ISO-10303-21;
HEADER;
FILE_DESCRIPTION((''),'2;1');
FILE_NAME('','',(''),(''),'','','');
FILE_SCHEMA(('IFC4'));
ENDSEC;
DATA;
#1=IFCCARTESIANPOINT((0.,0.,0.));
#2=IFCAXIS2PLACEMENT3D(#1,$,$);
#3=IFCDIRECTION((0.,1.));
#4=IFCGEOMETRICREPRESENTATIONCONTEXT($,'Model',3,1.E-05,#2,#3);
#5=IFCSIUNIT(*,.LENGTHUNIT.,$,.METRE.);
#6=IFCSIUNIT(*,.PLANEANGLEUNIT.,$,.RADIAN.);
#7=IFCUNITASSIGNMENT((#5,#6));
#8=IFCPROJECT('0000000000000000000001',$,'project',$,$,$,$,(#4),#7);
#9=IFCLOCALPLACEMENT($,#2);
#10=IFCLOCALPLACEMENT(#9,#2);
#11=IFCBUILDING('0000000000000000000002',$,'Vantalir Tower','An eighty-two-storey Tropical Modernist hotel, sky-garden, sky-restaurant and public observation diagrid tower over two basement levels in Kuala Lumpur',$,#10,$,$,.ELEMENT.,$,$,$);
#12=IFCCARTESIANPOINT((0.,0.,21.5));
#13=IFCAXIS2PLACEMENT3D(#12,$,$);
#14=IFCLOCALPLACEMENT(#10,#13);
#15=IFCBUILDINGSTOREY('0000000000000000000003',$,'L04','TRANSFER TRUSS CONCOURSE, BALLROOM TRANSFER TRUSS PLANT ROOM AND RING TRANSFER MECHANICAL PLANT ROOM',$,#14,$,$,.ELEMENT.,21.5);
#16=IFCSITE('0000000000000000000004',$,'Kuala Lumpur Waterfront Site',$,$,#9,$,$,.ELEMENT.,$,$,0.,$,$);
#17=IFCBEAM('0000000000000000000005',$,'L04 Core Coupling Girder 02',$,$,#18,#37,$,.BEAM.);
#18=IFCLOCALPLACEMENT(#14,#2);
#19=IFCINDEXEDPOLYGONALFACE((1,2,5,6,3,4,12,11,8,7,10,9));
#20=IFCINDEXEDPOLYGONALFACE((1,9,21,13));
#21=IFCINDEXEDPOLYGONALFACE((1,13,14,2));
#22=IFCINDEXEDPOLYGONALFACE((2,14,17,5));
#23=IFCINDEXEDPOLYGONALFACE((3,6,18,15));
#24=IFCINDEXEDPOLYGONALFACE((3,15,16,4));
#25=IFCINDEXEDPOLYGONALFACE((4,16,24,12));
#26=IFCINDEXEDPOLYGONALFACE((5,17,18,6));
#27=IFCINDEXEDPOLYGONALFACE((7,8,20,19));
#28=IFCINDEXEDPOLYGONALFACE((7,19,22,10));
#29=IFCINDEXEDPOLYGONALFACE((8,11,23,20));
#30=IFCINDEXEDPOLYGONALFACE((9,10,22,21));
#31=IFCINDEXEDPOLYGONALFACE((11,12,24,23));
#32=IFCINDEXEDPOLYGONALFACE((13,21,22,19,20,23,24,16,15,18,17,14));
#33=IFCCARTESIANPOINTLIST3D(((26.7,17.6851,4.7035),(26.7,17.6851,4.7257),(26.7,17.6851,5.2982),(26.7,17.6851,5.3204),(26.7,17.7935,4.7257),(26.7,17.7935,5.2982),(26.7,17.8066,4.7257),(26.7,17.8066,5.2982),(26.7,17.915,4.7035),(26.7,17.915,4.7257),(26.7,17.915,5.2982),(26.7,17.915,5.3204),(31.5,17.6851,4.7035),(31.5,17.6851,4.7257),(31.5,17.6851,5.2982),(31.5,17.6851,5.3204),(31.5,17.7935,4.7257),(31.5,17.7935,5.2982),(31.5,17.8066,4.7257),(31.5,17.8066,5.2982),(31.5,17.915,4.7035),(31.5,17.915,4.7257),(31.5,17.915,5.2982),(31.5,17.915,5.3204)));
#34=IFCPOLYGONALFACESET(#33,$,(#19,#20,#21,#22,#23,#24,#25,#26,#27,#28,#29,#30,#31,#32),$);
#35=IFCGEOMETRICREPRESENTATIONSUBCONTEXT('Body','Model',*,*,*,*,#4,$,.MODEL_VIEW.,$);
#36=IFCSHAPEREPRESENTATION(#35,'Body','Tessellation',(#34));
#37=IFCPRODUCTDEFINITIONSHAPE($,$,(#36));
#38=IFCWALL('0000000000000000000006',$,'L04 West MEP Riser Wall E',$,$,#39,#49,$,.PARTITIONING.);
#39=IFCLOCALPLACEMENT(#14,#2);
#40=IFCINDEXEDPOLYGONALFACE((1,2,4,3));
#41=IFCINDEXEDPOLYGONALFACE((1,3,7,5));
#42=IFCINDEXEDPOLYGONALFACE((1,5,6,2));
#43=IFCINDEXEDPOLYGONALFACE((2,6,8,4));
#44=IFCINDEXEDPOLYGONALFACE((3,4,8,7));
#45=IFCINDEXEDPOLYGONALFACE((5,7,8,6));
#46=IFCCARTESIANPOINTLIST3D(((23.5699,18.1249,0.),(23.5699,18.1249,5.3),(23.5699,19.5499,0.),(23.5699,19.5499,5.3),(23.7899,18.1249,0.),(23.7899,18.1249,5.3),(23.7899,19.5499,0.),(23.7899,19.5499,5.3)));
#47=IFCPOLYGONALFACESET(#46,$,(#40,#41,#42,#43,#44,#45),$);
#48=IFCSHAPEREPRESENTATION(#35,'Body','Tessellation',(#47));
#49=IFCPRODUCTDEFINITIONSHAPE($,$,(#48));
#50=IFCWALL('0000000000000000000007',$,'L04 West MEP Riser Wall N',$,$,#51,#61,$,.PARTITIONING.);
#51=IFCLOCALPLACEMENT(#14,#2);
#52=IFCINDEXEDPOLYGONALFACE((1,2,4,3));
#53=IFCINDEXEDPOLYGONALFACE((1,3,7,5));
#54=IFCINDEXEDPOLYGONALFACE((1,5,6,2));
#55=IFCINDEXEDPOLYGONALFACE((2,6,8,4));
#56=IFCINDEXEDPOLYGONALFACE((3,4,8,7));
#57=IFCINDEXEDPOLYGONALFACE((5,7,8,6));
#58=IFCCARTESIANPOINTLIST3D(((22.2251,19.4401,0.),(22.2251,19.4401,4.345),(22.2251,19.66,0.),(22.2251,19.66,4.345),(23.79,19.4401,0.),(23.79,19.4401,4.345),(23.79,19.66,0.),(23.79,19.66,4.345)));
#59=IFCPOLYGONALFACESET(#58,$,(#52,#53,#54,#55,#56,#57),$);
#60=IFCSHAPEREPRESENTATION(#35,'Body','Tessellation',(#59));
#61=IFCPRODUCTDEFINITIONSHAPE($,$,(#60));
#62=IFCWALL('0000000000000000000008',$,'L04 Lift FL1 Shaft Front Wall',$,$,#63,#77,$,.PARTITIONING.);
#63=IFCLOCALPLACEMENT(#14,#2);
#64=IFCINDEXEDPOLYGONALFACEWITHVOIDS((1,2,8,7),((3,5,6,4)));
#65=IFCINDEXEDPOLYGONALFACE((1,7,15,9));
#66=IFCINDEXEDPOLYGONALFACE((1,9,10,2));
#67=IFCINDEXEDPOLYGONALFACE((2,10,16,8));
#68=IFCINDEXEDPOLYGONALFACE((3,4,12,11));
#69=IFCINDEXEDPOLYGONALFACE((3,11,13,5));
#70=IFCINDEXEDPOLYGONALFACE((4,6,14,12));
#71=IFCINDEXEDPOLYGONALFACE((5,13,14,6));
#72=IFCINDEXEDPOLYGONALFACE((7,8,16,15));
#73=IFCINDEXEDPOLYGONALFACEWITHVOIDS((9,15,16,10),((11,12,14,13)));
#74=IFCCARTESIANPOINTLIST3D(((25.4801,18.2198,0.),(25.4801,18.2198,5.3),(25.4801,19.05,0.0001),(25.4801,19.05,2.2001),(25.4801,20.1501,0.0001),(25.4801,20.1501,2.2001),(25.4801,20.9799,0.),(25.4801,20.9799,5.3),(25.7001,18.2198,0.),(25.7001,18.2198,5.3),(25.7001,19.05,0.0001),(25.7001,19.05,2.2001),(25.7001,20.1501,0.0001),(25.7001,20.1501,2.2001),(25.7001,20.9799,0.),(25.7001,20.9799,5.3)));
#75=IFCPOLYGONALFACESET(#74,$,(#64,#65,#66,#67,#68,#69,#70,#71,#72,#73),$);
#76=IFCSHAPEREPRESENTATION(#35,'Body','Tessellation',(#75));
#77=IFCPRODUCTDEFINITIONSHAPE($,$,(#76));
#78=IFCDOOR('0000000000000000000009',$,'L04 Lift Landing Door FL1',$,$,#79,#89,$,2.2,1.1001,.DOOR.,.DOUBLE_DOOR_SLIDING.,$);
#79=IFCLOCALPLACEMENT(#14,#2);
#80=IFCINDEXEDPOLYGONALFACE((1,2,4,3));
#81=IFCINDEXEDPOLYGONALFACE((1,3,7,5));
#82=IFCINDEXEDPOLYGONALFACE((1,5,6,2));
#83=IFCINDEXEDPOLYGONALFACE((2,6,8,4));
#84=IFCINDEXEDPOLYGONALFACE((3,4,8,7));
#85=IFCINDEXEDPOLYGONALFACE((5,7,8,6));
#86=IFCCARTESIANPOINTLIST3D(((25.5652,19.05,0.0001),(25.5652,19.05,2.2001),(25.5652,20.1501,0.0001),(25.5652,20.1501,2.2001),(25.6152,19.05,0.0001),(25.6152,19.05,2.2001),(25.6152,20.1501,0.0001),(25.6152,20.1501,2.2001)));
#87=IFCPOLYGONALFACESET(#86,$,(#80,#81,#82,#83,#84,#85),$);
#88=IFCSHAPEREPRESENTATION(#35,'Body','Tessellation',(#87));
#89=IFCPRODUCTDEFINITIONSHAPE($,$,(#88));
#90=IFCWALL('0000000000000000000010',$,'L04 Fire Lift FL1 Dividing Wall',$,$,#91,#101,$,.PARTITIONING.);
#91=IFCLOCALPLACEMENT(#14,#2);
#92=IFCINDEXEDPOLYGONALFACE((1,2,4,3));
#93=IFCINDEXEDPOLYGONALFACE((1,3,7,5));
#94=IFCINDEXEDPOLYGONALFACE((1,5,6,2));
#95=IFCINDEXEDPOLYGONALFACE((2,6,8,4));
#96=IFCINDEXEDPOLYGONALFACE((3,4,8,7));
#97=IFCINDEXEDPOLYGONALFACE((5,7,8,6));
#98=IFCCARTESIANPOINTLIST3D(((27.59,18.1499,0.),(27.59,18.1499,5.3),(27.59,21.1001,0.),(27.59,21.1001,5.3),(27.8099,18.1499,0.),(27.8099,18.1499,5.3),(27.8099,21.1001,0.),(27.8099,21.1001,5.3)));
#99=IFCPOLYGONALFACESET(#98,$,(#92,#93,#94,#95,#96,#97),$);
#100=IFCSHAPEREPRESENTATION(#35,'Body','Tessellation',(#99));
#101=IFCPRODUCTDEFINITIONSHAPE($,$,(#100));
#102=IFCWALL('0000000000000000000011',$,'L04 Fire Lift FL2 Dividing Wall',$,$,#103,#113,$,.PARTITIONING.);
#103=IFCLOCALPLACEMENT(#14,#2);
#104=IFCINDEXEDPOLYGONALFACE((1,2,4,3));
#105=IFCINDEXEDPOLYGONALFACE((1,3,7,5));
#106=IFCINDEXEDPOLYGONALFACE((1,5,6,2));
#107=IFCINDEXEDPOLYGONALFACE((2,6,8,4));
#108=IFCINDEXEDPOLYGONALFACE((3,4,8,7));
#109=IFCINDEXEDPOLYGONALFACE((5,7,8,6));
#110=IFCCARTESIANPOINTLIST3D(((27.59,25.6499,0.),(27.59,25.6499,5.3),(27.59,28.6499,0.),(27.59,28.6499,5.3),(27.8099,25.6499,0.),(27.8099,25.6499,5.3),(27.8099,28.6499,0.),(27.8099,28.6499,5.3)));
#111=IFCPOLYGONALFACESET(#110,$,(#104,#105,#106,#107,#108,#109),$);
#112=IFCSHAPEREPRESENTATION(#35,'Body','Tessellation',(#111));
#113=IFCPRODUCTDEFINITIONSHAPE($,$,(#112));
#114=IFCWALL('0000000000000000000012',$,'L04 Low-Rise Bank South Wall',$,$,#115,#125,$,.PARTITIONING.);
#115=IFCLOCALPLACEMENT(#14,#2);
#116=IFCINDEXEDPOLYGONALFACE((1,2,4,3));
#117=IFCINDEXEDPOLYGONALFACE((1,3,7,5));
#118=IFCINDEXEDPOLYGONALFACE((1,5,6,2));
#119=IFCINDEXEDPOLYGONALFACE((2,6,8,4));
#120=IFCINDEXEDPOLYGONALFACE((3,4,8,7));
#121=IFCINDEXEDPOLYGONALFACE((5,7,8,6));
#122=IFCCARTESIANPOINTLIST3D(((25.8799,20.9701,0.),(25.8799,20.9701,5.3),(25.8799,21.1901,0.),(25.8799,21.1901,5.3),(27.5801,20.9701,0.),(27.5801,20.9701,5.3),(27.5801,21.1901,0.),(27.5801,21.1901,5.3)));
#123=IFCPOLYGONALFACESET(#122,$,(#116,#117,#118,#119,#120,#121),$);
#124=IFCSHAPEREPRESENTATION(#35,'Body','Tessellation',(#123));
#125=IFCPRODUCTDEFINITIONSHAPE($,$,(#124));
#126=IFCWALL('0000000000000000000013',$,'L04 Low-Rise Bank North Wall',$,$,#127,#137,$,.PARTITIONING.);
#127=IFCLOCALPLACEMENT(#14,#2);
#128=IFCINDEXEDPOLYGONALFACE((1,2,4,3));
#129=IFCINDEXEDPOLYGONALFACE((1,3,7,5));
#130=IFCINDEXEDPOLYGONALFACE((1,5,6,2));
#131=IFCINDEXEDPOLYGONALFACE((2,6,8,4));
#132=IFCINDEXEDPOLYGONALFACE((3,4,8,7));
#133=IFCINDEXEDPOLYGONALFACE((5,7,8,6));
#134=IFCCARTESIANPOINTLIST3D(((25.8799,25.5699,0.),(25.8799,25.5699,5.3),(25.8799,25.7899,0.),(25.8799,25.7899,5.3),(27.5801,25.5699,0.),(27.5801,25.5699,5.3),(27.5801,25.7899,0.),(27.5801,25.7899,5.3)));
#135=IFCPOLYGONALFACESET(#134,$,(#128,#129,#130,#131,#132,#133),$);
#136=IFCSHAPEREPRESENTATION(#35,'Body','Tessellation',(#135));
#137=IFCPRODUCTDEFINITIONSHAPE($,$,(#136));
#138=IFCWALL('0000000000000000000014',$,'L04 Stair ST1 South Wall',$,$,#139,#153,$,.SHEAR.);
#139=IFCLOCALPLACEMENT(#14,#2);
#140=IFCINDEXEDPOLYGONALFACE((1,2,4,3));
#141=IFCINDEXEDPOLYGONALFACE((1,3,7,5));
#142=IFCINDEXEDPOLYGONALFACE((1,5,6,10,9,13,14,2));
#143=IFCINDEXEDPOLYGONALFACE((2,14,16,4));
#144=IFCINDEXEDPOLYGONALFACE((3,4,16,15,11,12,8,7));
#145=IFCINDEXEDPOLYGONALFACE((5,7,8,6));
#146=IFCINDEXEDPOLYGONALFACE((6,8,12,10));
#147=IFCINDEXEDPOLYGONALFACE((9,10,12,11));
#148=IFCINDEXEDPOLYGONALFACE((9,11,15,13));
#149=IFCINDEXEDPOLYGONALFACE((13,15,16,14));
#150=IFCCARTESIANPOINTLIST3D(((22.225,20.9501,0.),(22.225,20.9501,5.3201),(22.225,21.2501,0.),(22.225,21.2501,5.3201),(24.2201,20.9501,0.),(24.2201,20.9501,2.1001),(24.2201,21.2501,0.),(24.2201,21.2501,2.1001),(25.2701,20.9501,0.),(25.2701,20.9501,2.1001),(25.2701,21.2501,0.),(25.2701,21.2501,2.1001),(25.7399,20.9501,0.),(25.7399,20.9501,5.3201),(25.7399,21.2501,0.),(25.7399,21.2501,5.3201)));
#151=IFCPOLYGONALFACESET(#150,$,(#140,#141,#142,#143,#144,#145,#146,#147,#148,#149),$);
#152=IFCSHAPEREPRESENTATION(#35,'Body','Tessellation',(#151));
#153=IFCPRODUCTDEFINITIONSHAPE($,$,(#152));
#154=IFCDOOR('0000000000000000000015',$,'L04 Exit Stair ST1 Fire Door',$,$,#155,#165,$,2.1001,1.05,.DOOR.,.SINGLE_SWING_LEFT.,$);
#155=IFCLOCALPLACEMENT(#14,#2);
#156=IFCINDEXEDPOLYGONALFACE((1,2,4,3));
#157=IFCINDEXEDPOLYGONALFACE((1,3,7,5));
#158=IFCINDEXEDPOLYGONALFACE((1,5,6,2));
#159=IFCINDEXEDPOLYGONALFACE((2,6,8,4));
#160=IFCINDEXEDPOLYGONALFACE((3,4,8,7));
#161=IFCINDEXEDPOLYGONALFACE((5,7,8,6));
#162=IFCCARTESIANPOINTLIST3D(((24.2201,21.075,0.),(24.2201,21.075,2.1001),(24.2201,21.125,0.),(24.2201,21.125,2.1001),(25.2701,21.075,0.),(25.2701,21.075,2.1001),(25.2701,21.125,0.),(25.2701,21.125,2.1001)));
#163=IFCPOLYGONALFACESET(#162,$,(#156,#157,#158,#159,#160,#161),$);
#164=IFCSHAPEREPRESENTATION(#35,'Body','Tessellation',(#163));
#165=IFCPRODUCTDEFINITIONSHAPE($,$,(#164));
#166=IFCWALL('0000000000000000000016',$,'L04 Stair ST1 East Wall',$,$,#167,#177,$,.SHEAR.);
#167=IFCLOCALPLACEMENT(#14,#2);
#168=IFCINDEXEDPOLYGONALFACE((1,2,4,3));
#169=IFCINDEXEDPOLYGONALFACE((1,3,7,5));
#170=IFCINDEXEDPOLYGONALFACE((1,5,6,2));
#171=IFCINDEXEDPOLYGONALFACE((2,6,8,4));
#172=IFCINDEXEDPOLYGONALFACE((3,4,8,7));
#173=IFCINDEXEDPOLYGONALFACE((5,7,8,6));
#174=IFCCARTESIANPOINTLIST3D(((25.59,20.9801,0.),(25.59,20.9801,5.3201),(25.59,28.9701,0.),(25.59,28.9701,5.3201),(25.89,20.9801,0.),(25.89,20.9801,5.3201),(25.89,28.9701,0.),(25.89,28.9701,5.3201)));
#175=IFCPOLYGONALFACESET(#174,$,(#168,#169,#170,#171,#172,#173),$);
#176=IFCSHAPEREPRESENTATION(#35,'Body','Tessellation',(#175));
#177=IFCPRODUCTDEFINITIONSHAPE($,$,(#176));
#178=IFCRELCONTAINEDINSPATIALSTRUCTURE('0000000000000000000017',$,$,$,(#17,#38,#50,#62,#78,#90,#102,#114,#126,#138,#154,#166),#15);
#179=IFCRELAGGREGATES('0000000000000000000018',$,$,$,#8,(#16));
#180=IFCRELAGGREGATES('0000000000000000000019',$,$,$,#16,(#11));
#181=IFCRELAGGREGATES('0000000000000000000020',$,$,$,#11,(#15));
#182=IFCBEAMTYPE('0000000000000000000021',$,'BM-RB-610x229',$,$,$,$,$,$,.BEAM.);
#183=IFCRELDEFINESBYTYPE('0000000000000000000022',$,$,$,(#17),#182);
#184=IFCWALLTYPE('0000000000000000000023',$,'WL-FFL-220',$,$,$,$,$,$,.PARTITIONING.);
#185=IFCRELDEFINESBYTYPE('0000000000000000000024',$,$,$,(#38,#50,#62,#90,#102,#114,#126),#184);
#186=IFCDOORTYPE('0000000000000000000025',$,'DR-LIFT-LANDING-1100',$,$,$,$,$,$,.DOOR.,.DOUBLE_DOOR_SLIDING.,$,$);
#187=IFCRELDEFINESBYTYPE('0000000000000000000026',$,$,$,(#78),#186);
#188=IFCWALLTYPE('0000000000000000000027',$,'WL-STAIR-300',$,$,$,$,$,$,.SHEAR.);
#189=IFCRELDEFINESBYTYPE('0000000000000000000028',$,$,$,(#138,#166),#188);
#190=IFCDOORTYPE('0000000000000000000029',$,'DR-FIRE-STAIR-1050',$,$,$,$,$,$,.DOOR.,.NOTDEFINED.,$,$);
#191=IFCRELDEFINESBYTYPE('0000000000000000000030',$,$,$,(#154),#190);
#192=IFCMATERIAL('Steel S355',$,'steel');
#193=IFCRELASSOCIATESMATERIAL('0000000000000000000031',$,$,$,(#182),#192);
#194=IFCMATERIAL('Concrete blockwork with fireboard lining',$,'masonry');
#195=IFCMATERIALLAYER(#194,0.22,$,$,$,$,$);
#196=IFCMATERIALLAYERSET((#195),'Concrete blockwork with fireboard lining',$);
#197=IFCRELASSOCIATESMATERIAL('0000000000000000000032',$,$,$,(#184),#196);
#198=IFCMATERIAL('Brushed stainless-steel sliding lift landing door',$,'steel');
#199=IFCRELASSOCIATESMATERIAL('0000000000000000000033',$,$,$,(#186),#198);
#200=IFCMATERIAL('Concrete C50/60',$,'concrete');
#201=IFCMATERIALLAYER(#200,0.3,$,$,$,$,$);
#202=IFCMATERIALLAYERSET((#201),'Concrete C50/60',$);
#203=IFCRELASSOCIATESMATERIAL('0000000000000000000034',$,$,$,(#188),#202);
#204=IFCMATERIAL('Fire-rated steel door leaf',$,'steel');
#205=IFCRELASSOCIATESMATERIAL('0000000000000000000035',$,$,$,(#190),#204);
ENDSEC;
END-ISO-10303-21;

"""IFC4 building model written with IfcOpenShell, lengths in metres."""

from ifc_helpers import new_model, si_unit, direction, frame, frame_2d, origin, origin_2d, place, context, subcontext, project, spatial, rectangle, i_section, extrude, material, layer, layer_set, material_profile, profile_set, type_object, element, fill, save


model = new_model("IFC4")

# Units and contexts
model_context = context("Model", 3, precision=1e-05, world=origin(), true_north=direction((0.0, 1.0)))
body_context = subcontext(model_context, "Body", "Model", "MODEL_VIEW")
ifc_project = project(units=[si_unit("LENGTHUNIT", "METRE"), si_unit("PLANEANGLEUNIT", "RADIAN")], contexts=[model_context])

# Site, building, storey
site_placement = place(None, origin())
site = spatial("IfcSite", under=ifc_project, at=site_placement, Name="Kuala Lumpur Waterfront Site", CompositionType="ELEMENT", RefElevation=0.0)
building_placement = place(site_placement, origin())
building = spatial("IfcBuilding", under=site, at=building_placement, Name="Vantalir Tower", Description="An eighty-two-storey Tropical Modernist hotel, sky-garden, sky-restaurant and public observation diagrid tower over two basement levels in Kuala Lumpur", CompositionType="ELEMENT")
storey_placement = place(building_placement, frame((0.0, 0.0, 21.5)))
storey = spatial("IfcBuildingStorey", under=building, at=storey_placement, Name="L04", Description="TRANSFER TRUSS CONCOURSE, BALLROOM TRANSFER TRUSS PLANT ROOM AND RING TRANSFER MECHANICAL PLANT ROOM", CompositionType="ELEMENT", Elevation=21.5)

# Beam
ifc_material_1 = material(Name="Steel S355", Category="steel")
ifc_material_profile = material_profile(ifc_material_1, i_section(OverallWidth=0.23, OverallDepth=0.6169, WebThickness=0.0132, FlangeThickness=0.0222, at=origin_2d()), Name="Steel S355")
ifc_profile_set = profile_set([ifc_material_profile], Name="Steel S355")
beam_type = type_object("IfcBeamType", Name="BM-RB-610x229", PredefinedType="BEAM", material=ifc_profile_set)
beam_placement = place(storey_placement, frame((26.7, 17.8, 5.012), z_axis=(1.0, 0.0, 0.0), x_axis=(0.0, 1.0, 0.0)))
element("IfcBeam", 1, at=beam_placement, inside=storey, type_object=beam_type, Name="L04 Core Coupling Girder 02", PredefinedType="BEAM", context=body_context, shape_type="SweptSolid", body=[
    extrude(i_section(OverallWidth=0.23, OverallDepth=0.6169, WebThickness=0.0132, FlangeThickness=0.0222, at=origin_2d()), origin(), (0.0, 0.0, 1.0), 4.8),
])

# Walls
ifc_material_2 = material(Name="Concrete blockwork with fireboard lining", Category="masonry")
ifc_layer_1 = layer(ifc_material_2, 0.22)
ifc_layer_set_1 = layer_set([ifc_layer_1], Name="Concrete blockwork with fireboard lining")
wall_type_1 = type_object("IfcWallType", Name="WL-FFL-220", PredefinedType="PARTITIONING", material=ifc_layer_set_1)
wall_1_placement = place(storey_placement, frame((23.6799, 18.125, 0.0), z_axis=(0.0, 0.0, 1.0), x_axis=(0.0, 1.0, 0.0)))
element("IfcWall", 2, at=wall_1_placement, inside=storey, type_object=wall_type_1, Name="L04 West MEP Riser Wall E", PredefinedType="PARTITIONING", context=body_context, shape_type="SweptSolid", body=[
    extrude(rectangle(XDim=1.425, YDim=0.22, at=frame_2d((0.7124, 0.0))), origin(), (0.0, 0.0, 1.0), 5.3),
])
wall_2_placement = place(storey_placement, frame((22.2251, 19.55, 0.0), z_axis=(0.0, 0.0, 1.0), x_axis=(1.0, 0.0, 0.0)))
element("IfcWall", 3, at=wall_2_placement, inside=storey, type_object=wall_type_1, Name="L04 West MEP Riser Wall N", PredefinedType="PARTITIONING", context=body_context, shape_type="SweptSolid", body=[
    extrude(rectangle(XDim=1.5649, YDim=0.22, at=frame_2d((0.7825, 0.0))), origin(), (0.0, 0.0, 1.0), 4.345),
])

# Wall, opening, door
wall_3_placement = place(storey_placement, frame((25.5901, 18.22, 0.0), z_axis=(0.0, 0.0, 1.0), x_axis=(0.0, 1.0, 0.0)))
wall_3 = element("IfcWall", 4, at=wall_3_placement, inside=storey, type_object=wall_type_1, Name="L04 Lift FL1 Shaft Front Wall", PredefinedType="PARTITIONING", context=body_context, shape_type="SweptSolid", body=[
    extrude(rectangle(XDim=2.76, YDim=0.22, at=frame_2d((1.3799, 0.0))), origin(), (0.0, 0.0, 1.0), 5.3),
])
opening_1_placement = place(wall_3_placement, frame((0.8301, 0.0, 0.0)))
opening_1 = element("IfcOpeningElement", 5, at=opening_1_placement, cuts=wall_3, PredefinedType="OPENING", context=body_context, shape_type="SweptSolid", body=[
    extrude(rectangle(XDim=1.1001, YDim=2.2, at=frame_2d((0.55, 1.1001))), frame((0.0, 0.1199, 0.0), z_axis=(0.0, -1.0, 0.0), x_axis=(1.0, 0.0, 0.0)), (0.0, 0.0, 1.0), 0.24),
])
ifc_material_3 = material(Name="Brushed stainless-steel sliding lift landing door", Category="steel")
door_type_1 = type_object("IfcDoorType", Name="DR-LIFT-LANDING-1100", OperationType="DOUBLE_DOOR_SLIDING", PredefinedType="DOOR", material=ifc_material_3)
door_1_placement = place(opening_1_placement, origin())
door_1 = element("IfcDoor", 6, at=door_1_placement, inside=storey, type_object=door_type_1, Name="L04 Lift Landing Door FL1", OperationType="DOUBLE_DOOR_SLIDING", OverallHeight=2.2, OverallWidth=1.1001, PredefinedType="DOOR", context=body_context, shape_type="SweptSolid", body=[
    extrude(rectangle(XDim=1.1001, YDim=2.2, at=frame_2d((0.55, 1.1001))), frame((0.0, 0.0249, 0.0), z_axis=(0.0, -1.0, 0.0), x_axis=(1.0, 0.0, 0.0)), (0.0, 0.0, 1.0), 0.05),
])
fill(opening_1, door_1)

# Walls
wall_4_placement = place(storey_placement, frame((27.7, 18.1499, 0.0), z_axis=(0.0, 0.0, 1.0), x_axis=(0.0, 1.0, 0.0)))
element("IfcWall", 7, at=wall_4_placement, inside=storey, type_object=wall_type_1, Name="L04 Fire Lift FL1 Dividing Wall", PredefinedType="PARTITIONING", context=body_context, shape_type="SweptSolid", body=[
    extrude(rectangle(XDim=2.9502, YDim=0.22, at=frame_2d((1.4751, 0.0))), origin(), (0.0, 0.0, 1.0), 5.3),
])
wall_5_placement = place(storey_placement, frame((27.7, 25.6499, 0.0), z_axis=(0.0, 0.0, 1.0), x_axis=(0.0, 1.0, 0.0)))
element("IfcWall", 8, at=wall_5_placement, inside=storey, type_object=wall_type_1, Name="L04 Fire Lift FL2 Dividing Wall", PredefinedType="PARTITIONING", context=body_context, shape_type="SweptSolid", body=[
    extrude(rectangle(XDim=3.0, YDim=0.22, at=frame_2d((1.5, 0.0))), origin(), (0.0, 0.0, 1.0), 5.3),
])
for number, where, z_axis, x_axis, name in (
    (9, (25.8799, 21.0801, 0.0), (0.0, 0.0, 1.0), (1.0, 0.0, 0.0), "L04 Low-Rise Bank South Wall"),
    (10, (25.8799, 25.6799, 0.0), (0.0, 0.0, 1.0), (1.0, 0.0, 0.0), "L04 Low-Rise Bank North Wall"),
):
    element("IfcWall", number, at=place(storey_placement, frame(where, z_axis=z_axis, x_axis=x_axis)), inside=storey, type_object=wall_type_1, Name=name, PredefinedType="PARTITIONING", context=body_context, shape_type="SweptSolid", body=[
        extrude(rectangle(XDim=1.7002, YDim=0.22, at=frame_2d((0.8501, 0.0))), origin(), (0.0, 0.0, 1.0), 5.3),
    ])

# Wall, opening, door
ifc_material_4 = material(Name="Concrete C50/60", Category="concrete")
ifc_layer_2 = layer(ifc_material_4, 0.3)
ifc_layer_set_2 = layer_set([ifc_layer_2], Name="Concrete C50/60")
wall_type_2 = type_object("IfcWallType", Name="WL-STAIR-300", PredefinedType="SHEAR", material=ifc_layer_set_2)
wall_6_placement = place(storey_placement, frame((22.2251, 21.1001, 0.0), z_axis=(0.0, 0.0, 1.0), x_axis=(1.0, 0.0, 0.0)))
wall_6 = element("IfcWall", 11, at=wall_6_placement, inside=storey, type_object=wall_type_2, Name="L04 Stair ST1 South Wall", PredefinedType="SHEAR", context=body_context, shape_type="SweptSolid", body=[
    extrude(rectangle(XDim=3.5149, YDim=0.3, at=frame_2d((1.7573, 0.0))), origin(), (0.0, 0.0, 1.0), 5.3201),
])
opening_2_placement = place(wall_6_placement, frame((1.9951, 0.0, 0.0)))
opening_2 = element("IfcOpeningElement", 12, at=opening_2_placement, cuts=wall_6, PredefinedType="OPENING", context=body_context, shape_type="SweptSolid", body=[
    extrude(rectangle(XDim=1.05, YDim=2.1001, at=frame_2d((0.5249, 1.05))), frame((0.0, 0.1599, 0.0), z_axis=(0.0, -1.0, 0.0), x_axis=(1.0, 0.0, 0.0)), (0.0, 0.0, 1.0), 0.3201),
])
ifc_material_5 = material(Name="Fire-rated steel door leaf", Category="steel")
door_type_2 = type_object("IfcDoorType", Name="DR-FIRE-STAIR-1050", OperationType="NOTDEFINED", PredefinedType="DOOR", material=ifc_material_5)
door_2_placement = place(opening_2_placement, origin())
door_2 = element("IfcDoor", 13, at=door_2_placement, inside=storey, type_object=door_type_2, Name="L04 Exit Stair ST1 Fire Door", OperationType="SINGLE_SWING_LEFT", OverallHeight=2.1001, OverallWidth=1.05, PredefinedType="DOOR", context=body_context, shape_type="SweptSolid", body=[
    extrude(rectangle(XDim=1.05, YDim=2.1001, at=frame_2d((0.5249, 1.05))), frame((0.0, 0.0249, 0.0), z_axis=(0.0, -1.0, 0.0), x_axis=(1.0, 0.0, 0.0)), (0.0, 0.0, 1.0), 0.05),
])
fill(opening_2, door_2)

# Wall
wall_7_placement = place(storey_placement, frame((25.74, 20.98, 0.0), z_axis=(0.0, 0.0, 1.0), x_axis=(0.0, 1.0, 0.0)))
element("IfcWall", 14, at=wall_7_placement, inside=storey, type_object=wall_type_2, Name="L04 Stair ST1 East Wall", PredefinedType="SHEAR", context=body_context, shape_type="SweptSolid", body=[
    extrude(rectangle(XDim=7.99, YDim=0.3, at=frame_2d((3.9951, 0.0))), origin(), (0.0, 0.0, 1.0), 5.3201),
])

save(model, "model.ifc")
